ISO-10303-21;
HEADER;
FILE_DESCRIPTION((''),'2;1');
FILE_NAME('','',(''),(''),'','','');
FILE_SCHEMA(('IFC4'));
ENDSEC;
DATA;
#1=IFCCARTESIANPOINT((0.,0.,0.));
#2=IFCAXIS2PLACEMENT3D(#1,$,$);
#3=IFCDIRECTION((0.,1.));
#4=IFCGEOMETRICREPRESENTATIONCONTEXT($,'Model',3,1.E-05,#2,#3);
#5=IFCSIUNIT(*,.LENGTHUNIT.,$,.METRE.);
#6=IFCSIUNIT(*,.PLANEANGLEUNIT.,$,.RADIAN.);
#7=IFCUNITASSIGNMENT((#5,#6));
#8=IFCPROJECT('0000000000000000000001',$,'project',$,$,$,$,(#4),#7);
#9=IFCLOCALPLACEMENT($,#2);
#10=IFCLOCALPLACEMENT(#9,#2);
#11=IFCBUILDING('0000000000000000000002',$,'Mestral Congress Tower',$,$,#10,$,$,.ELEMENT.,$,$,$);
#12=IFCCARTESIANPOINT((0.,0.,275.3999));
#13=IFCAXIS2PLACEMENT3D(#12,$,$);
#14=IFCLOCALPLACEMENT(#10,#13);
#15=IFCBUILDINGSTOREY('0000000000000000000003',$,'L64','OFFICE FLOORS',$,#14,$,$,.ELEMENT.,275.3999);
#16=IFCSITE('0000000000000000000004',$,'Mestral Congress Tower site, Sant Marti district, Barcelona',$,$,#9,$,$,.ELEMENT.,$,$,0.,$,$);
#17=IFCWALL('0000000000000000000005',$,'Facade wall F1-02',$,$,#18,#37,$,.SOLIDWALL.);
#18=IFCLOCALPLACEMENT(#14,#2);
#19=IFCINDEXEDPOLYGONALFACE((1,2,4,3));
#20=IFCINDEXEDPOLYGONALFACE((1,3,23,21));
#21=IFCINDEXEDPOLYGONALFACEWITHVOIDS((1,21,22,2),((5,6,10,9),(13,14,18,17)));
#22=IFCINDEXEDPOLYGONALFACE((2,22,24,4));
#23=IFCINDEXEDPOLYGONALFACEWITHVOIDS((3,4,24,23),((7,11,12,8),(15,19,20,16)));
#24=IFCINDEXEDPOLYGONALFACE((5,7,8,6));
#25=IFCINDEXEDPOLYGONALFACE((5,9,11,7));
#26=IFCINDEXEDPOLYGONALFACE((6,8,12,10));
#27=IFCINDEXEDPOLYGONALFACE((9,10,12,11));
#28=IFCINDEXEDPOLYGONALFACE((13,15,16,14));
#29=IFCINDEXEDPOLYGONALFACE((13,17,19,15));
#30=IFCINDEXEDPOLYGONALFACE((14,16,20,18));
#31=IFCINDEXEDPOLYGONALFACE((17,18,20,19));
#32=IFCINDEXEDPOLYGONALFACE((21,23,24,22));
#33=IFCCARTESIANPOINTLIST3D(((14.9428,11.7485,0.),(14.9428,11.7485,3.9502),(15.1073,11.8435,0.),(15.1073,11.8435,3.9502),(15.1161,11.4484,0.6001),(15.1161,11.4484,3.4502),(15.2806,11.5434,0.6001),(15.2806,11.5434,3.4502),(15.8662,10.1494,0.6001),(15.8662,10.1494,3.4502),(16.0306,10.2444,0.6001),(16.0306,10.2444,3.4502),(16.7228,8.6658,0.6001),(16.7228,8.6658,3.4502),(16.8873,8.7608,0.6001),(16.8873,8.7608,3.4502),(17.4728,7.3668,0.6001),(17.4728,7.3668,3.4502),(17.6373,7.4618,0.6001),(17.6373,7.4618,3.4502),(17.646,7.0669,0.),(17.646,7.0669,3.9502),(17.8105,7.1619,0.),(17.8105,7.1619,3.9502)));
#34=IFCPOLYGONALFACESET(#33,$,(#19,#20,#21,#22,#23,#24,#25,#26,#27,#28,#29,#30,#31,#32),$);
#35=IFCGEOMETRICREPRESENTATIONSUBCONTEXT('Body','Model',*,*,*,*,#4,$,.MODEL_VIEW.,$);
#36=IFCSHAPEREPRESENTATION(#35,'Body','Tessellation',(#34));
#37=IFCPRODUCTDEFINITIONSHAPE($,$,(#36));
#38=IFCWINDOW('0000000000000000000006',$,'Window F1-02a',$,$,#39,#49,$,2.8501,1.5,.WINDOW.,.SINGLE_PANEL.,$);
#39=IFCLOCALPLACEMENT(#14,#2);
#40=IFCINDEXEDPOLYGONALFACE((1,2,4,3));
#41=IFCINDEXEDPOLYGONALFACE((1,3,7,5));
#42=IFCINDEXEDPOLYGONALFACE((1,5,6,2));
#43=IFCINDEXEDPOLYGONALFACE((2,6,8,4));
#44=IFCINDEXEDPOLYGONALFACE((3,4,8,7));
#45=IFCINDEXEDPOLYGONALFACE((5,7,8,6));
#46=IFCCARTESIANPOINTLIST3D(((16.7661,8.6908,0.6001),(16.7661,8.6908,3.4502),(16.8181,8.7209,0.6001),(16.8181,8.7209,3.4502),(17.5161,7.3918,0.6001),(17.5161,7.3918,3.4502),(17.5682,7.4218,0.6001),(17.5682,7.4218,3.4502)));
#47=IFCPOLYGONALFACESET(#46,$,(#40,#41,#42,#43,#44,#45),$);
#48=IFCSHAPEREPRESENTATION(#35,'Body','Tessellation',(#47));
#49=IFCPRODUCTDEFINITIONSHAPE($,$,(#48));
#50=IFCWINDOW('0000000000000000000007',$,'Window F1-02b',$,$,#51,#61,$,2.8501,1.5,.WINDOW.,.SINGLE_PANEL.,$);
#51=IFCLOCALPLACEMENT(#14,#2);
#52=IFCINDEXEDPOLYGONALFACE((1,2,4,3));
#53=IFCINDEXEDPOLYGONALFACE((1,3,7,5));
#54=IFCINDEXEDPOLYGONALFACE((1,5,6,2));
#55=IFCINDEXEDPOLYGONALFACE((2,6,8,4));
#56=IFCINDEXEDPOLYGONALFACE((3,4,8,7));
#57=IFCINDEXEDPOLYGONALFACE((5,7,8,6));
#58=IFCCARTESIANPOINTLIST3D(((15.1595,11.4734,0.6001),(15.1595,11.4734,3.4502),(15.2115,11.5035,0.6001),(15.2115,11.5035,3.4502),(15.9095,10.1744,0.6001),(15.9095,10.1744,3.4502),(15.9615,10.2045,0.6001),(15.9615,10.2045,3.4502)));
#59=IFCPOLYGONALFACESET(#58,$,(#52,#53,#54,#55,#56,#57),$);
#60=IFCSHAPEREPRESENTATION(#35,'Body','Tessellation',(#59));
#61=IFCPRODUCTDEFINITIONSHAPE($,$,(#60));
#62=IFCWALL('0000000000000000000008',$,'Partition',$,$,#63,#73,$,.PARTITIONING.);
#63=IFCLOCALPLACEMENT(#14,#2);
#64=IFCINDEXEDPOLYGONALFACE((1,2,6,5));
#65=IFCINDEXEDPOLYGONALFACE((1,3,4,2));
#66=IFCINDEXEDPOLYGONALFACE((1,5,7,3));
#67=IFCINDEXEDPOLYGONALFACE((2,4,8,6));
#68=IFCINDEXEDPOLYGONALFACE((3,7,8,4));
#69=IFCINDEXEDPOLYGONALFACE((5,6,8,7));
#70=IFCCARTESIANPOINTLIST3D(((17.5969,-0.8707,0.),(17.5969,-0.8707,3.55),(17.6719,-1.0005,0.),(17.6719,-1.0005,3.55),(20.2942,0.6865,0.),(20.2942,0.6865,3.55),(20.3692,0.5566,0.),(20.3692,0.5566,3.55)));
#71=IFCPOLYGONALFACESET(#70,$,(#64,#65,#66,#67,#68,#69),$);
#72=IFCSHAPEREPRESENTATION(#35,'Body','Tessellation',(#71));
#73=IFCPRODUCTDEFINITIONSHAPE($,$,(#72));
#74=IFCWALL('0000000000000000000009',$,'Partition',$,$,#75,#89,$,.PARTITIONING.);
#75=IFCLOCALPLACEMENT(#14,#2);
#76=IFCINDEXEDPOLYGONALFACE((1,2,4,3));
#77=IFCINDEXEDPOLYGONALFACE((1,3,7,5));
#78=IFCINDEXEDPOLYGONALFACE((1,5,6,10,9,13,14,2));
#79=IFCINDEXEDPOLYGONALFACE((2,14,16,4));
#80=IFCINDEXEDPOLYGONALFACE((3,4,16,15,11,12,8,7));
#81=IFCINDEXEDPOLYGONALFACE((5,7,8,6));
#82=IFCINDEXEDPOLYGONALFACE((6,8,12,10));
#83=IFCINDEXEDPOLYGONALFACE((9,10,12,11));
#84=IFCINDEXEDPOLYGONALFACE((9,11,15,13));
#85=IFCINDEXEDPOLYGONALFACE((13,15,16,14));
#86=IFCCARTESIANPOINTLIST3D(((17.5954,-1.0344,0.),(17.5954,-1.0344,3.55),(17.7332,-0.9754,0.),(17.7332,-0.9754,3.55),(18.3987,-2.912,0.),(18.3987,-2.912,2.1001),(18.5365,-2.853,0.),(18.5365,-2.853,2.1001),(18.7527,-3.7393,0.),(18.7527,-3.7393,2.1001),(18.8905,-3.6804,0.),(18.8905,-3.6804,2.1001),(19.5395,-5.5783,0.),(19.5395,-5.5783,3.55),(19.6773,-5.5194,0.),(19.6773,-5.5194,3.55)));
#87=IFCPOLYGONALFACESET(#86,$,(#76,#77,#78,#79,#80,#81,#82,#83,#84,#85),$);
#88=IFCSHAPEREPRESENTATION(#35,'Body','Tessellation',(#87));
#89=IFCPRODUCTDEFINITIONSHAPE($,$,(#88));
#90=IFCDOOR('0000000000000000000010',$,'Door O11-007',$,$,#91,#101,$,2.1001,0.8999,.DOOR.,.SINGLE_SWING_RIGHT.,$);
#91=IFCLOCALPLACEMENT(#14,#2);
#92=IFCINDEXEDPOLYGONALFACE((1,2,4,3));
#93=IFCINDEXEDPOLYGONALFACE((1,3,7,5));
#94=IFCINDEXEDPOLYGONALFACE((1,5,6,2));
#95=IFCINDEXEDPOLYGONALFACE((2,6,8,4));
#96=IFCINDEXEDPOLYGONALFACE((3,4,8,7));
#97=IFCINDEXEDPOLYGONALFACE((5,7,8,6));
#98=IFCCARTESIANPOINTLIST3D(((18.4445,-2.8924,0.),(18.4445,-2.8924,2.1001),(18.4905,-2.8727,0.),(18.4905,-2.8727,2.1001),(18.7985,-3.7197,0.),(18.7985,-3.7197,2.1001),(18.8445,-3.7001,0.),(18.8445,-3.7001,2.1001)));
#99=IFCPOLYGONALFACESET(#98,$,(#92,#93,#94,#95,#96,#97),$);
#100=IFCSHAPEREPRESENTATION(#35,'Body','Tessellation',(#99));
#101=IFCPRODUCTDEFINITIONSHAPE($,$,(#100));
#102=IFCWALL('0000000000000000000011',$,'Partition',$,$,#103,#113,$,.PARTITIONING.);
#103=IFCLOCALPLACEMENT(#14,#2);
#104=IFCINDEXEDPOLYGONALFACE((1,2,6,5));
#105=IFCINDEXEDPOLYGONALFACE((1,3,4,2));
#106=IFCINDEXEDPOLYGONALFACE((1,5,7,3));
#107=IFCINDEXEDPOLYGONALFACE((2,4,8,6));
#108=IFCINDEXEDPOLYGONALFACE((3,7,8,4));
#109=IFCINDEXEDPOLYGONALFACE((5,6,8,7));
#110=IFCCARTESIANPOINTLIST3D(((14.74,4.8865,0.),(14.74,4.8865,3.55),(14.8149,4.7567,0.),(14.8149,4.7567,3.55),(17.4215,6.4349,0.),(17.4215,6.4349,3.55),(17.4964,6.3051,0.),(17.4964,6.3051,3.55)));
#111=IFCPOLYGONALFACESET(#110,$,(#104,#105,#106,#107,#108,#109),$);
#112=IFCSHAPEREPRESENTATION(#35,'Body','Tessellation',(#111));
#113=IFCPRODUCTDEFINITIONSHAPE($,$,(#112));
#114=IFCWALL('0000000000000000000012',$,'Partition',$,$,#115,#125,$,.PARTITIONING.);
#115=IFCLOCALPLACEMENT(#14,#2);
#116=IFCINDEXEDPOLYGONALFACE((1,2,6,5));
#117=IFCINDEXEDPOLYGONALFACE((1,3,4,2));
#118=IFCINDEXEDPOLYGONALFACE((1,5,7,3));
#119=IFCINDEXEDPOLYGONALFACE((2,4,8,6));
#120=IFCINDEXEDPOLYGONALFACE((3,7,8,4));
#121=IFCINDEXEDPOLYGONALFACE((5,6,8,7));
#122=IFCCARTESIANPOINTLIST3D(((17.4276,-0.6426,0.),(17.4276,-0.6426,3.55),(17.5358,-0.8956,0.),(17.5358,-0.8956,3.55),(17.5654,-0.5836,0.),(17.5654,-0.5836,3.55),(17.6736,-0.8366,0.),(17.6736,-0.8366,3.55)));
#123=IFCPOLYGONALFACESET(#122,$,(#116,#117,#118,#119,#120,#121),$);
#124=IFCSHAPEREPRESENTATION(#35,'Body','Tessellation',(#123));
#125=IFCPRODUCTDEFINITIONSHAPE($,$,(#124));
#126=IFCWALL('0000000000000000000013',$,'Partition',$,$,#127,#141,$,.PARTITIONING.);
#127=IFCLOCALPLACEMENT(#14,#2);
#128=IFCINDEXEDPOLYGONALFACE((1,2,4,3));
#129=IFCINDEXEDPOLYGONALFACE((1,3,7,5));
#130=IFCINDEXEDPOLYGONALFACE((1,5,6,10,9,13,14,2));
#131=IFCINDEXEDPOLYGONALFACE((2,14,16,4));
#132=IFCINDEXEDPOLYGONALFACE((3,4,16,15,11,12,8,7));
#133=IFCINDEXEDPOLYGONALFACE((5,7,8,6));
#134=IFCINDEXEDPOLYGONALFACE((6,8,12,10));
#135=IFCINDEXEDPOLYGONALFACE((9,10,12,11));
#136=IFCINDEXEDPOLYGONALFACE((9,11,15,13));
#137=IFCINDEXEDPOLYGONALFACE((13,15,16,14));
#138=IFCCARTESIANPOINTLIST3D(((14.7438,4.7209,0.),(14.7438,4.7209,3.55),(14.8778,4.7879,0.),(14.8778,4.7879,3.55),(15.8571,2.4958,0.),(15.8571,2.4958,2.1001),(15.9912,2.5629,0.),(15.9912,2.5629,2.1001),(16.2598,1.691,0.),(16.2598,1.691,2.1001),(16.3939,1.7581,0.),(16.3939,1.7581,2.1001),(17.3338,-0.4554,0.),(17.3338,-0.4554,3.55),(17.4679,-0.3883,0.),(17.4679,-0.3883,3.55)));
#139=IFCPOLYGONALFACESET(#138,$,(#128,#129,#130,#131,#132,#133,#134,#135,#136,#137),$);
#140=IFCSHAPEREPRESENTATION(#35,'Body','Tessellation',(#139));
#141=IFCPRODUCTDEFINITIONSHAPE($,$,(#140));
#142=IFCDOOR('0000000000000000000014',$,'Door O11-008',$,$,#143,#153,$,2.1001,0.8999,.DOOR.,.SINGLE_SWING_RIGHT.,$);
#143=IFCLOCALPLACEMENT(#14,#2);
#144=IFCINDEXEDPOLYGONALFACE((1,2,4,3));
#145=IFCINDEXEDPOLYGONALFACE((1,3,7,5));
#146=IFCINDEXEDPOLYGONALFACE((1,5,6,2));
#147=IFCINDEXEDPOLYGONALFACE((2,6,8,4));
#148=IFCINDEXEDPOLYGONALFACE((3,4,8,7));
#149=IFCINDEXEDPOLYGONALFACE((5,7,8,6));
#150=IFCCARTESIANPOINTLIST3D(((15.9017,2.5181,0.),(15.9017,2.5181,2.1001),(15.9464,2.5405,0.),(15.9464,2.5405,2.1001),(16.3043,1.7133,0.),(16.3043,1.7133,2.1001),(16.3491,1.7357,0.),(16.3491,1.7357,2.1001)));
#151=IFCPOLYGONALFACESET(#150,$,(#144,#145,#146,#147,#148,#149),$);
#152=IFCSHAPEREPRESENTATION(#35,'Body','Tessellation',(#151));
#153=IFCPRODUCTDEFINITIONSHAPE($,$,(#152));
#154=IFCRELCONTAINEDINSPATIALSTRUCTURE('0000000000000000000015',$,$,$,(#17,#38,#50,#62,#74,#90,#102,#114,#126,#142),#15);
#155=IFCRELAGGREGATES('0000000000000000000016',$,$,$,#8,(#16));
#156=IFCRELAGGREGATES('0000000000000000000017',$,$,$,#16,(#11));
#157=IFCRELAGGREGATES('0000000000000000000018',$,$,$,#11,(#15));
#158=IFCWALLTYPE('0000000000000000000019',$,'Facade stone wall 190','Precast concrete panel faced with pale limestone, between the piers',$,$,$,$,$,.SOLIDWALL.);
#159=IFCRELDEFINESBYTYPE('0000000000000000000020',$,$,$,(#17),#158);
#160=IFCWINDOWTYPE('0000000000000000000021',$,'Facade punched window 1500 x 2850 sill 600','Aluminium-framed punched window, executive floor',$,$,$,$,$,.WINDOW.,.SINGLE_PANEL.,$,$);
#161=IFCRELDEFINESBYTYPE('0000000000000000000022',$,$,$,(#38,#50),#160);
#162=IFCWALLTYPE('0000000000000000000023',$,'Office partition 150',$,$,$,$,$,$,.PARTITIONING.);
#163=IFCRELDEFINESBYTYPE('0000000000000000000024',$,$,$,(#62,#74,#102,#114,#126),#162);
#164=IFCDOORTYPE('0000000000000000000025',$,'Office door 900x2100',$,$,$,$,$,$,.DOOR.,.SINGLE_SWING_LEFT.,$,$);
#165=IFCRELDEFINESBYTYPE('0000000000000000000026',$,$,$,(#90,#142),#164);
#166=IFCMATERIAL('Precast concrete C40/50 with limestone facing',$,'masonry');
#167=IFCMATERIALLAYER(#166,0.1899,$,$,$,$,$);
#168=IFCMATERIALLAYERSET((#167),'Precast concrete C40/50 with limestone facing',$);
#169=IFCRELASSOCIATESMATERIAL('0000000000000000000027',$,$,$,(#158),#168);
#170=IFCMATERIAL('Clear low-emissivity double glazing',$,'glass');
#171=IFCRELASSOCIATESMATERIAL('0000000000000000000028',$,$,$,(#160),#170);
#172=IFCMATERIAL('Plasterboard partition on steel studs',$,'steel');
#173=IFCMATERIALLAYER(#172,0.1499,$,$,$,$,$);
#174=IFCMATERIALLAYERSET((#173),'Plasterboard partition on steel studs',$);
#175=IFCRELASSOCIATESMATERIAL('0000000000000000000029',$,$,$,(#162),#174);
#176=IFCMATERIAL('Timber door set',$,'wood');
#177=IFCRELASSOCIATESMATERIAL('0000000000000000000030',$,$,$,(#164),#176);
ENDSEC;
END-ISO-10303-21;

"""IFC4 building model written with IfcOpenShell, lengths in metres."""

from ifc_helpers import new_model, si_unit, direction, frame, frame_2d, origin, place, context, subcontext, project, spatial, rectangle, extrude, material, layer, layer_set, type_object, element, fill, save


model = new_model("IFC4")

# Units and contexts
model_context = context("Model", 3, precision=1e-05, world=origin(), true_north=direction((0.0, 1.0)))
body_context = subcontext(model_context, "Body", "Model", "MODEL_VIEW")
ifc_project = project(units=[si_unit("LENGTHUNIT", "METRE"), si_unit("PLANEANGLEUNIT", "RADIAN")], contexts=[model_context])

# Site, building, storey
site_placement = place(None, origin())
site = spatial("IfcSite", under=ifc_project, at=site_placement, Name="Mestral Congress Tower site, Sant Marti district, Barcelona", CompositionType="ELEMENT", RefElevation=0.0)
building_placement = place(site_placement, origin())
building = spatial("IfcBuilding", under=site, at=building_placement, Name="Mestral Congress Tower", CompositionType="ELEMENT")
storey_placement = place(building_placement, frame((0.0, 0.0, 275.3999)))
storey = spatial("IfcBuildingStorey", under=building, at=storey_placement, Name="L64", Description="OFFICE FLOORS", CompositionType="ELEMENT", Elevation=275.3999)

# Wall, openings, windows
ifc_material_1 = material(Name="Precast concrete C40/50 with limestone facing", Category="masonry")
ifc_layer_1 = layer(ifc_material_1, 0.1899)
ifc_layer_set_1 = layer_set([ifc_layer_1], Name="Precast concrete C40/50 with limestone facing")
wall_type_1 = type_object("IfcWallType", Name="Facade stone wall 190", Description="Precast concrete panel faced with pale limestone, between the piers", PredefinedType="SOLIDWALL", material=ifc_layer_set_1)
ifc_material_2 = material(Name="Clear low-emissivity double glazing", Category="glass")
window_type = type_object("IfcWindowType", Name="Facade punched window 1500 x 2850 sill 600", Description="Aluminium-framed punched window, executive floor", PartitioningType="SINGLE_PANEL", PredefinedType="WINDOW", material=ifc_material_2)
wall_1_placement = place(storey_placement, frame((17.7283, 7.1143, 0.0), z_axis=(0.0, 0.0, 1.0), x_axis=(-0.500025, 0.866011, 0.0)))
wall_1 = element("IfcWall", 1, at=wall_1_placement, inside=storey, type_object=wall_type_1, Name="Facade wall F1-02", PredefinedType="SOLIDWALL", context=body_context, shape_type="SweptSolid", body=[
    extrude(rectangle(XDim=5.406, YDim=0.1899, at=frame_2d((2.7031, 0.0))), origin(), (0.0, 0.0, 1.0), 3.9502),
])
opening_1_placement = place(wall_1_placement, frame((0.3464, 0.0, 0.6001)))
opening_1 = element("IfcOpeningElement", 2, at=opening_1_placement, cuts=wall_1, PredefinedType="OPENING", context=body_context, shape_type="SweptSolid", body=[
    extrude(rectangle(XDim=1.5, YDim=2.8501, at=frame_2d((0.75, 1.425))), frame((0.0, 0.105, 0.0), z_axis=(0.0, -1.0, 0.0), x_axis=(1.0, 0.0, 0.0)), (0.0, 0.0, 1.0), 0.21),
])
opening_2_placement = place(wall_1_placement, frame((3.5596, 0.0, 0.6001)))
opening_2 = element("IfcOpeningElement", 3, at=opening_2_placement, cuts=wall_1, PredefinedType="OPENING", context=body_context, shape_type="SweptSolid", body=[
    extrude(rectangle(XDim=1.5, YDim=2.8501, at=frame_2d((0.75, 1.425))), frame((0.0, 0.105, 0.0), z_axis=(0.0, -1.0, 0.0), x_axis=(1.0, 0.0, 0.0)), (0.0, 0.0, 1.0), 0.21),
])
window_1_placement = place(opening_1_placement, origin())
window_1 = element("IfcWindow", 4, at=window_1_placement, inside=storey, type_object=window_type, Name="Window F1-02a", OverallHeight=2.8501, OverallWidth=1.5, PartitioningType="SINGLE_PANEL", PredefinedType="WINDOW", context=body_context, shape_type="SweptSolid", body=[
    extrude(rectangle(XDim=1.5, YDim=2.8501, at=frame_2d((0.75, 1.425))), frame((0.0, 0.0449, 0.0), z_axis=(0.0, -1.0, 0.0), x_axis=(1.0, 0.0, 0.0)), (0.0, 0.0, 1.0), 0.0601),
])
fill(opening_1, window_1)
window_2_placement = place(opening_2_placement, origin())
window_2 = element("IfcWindow", 5, at=window_2_placement, inside=storey, type_object=window_type, Name="Window F1-02b", OverallHeight=2.8501, OverallWidth=1.5, PartitioningType="SINGLE_PANEL", PredefinedType="WINDOW", context=body_context, shape_type="SweptSolid", body=[
    extrude(rectangle(XDim=1.5, YDim=2.8501, at=frame_2d((0.75, 1.425))), frame((0.0, 0.0449, 0.0), z_axis=(0.0, -1.0, 0.0), x_axis=(1.0, 0.0, 0.0)), (0.0, 0.0, 1.0), 0.0601),
])
fill(opening_2, window_2)

# Wall
ifc_material_3 = material(Name="Plasterboard partition on steel studs", Category="steel")
ifc_layer_2 = layer(ifc_material_3, 0.1499)
ifc_layer_set_2 = layer_set([ifc_layer_2], Name="Plasterboard partition on steel studs")
wall_type_2 = type_object("IfcWallType", Name="Office partition 150", PredefinedType="PARTITIONING", material=ifc_layer_set_2)
wall_2_placement = place(storey_placement, frame((17.6345, -0.9355, 0.0), z_axis=(0.0, 0.0, 1.0), x_axis=(0.866045, 0.499967, 0.0)))
element("IfcWall", 6, at=wall_2_placement, inside=storey, type_object=wall_type_2, Name="Partition", PredefinedType="PARTITIONING", context=body_context, shape_type="SweptSolid", body=[
    extrude(rectangle(XDim=3.1145, YDim=0.1499, at=frame_2d((1.5571, 0.0))), origin(), (0.0, 0.0, 1.0), 3.55),
])

# Wall, opening, door
wall_3_placement = place(storey_placement, frame((17.6643, -1.0049, 0.0), z_axis=(0.0, 0.0, 1.0), x_axis=(0.393353, -0.919388, 0.0)))
wall_3 = element("IfcWall", 7, at=wall_3_placement, inside=storey, type_object=wall_type_2, Name="Partition", PredefinedType="PARTITIONING", context=body_context, shape_type="SweptSolid", body=[
    extrude(rectangle(XDim=4.9424, YDim=0.1499, at=frame_2d((2.4712, 0.0))), origin(), (0.0, 0.0, 1.0), 3.55),
])
opening_3_placement = place(wall_3_placement, frame((2.0422, 0.0, 0.0)))
opening_3 = element("IfcOpeningElement", 8, at=opening_3_placement, cuts=wall_3, PredefinedType="OPENING", context=body_context, shape_type="SweptSolid", body=[
    extrude(rectangle(XDim=0.8999, YDim=2.1001, at=frame_2d((0.45, 1.05))), frame((0.0, 0.085, 0.0), z_axis=(0.0, -1.0, 0.0), x_axis=(1.0, 0.0, 0.0)), (0.0, 0.0, 1.0), 0.1699),
])
ifc_material_4 = material(Name="Timber door set", Category="wood")
door_type_1 = type_object("IfcDoorType", Name="Office door 900x2100", OperationType="SINGLE_SWING_LEFT", PredefinedType="DOOR", material=ifc_material_4)
door_1_placement = place(opening_3_placement, origin())
door_1 = element("IfcDoor", 9, at=door_1_placement, inside=storey, type_object=door_type_1, Name="Door O11-007", OperationType="SINGLE_SWING_RIGHT", OverallHeight=2.1001, OverallWidth=0.8999, PredefinedType="DOOR", context=body_context, shape_type="SweptSolid", body=[
    extrude(rectangle(XDim=0.8999, YDim=2.1001, at=frame_2d((0.45, 1.05))), frame((0.0, 0.0249, 0.0), z_axis=(0.0, -1.0, 0.0), x_axis=(1.0, 0.0, 0.0)), (0.0, 0.0, 1.0), 0.05),
])
fill(opening_3, door_1)

# Walls
wall_4_placement = place(storey_placement, frame((14.7773, 4.8215, 0.0), z_axis=(0.0, 0.0, 1.0), x_axis=(0.865993, 0.500057, 0.0)))
element("IfcWall", 10, at=wall_4_placement, inside=storey, type_object=wall_type_2, Name="Partition", PredefinedType="PARTITIONING", context=body_context, shape_type="SweptSolid", body=[
    extrude(rectangle(XDim=3.0964, YDim=0.1499, at=frame_2d((1.5483, 0.0))), origin(), (0.0, 0.0, 1.0), 3.55),
])
wall_5_placement = place(storey_placement, frame((17.6047, -0.8662, 0.0), z_axis=(0.0, 0.0, 1.0), x_axis=(-0.393169, 0.919466, 0.0)))
element("IfcWall", 11, at=wall_5_placement, inside=storey, type_object=wall_type_2, Name="Partition", PredefinedType="PARTITIONING", context=body_context, shape_type="SweptSolid", body=[
    extrude(rectangle(XDim=0.2751, YDim=0.1499, at=frame_2d((0.1377, 0.0))), origin(), (0.0, 0.0, 1.0), 3.55),
])

# Wall, opening, door
wall_6_placement = place(storey_placement, frame((14.8108, 4.7544, 0.0), z_axis=(0.0, 0.0, 1.0), x_axis=(0.447484, -0.894292, 0.0)))
wall_6 = element("IfcWall", 12, at=wall_6_placement, inside=storey, type_object=wall_type_2, Name="Partition", PredefinedType="PARTITIONING", context=body_context, shape_type="SweptSolid", body=[
    extrude(rectangle(XDim=5.7881, YDim=0.1499, at=frame_2d((2.894, 0.0))), origin(), (0.0, 0.0, 1.0), 3.55),
])
opening_4_placement = place(wall_6_placement, frame((2.488, 0.0, 0.0)))
opening_4 = element("IfcOpeningElement", 13, at=opening_4_placement, cuts=wall_6, PredefinedType="OPENING", context=body_context, shape_type="SweptSolid", body=[
    extrude(rectangle(XDim=0.8999, YDim=2.1001, at=frame_2d((0.45, 1.05))), frame((0.0, 0.085, 0.0), z_axis=(0.0, -1.0, 0.0), x_axis=(1.0, 0.0, 0.0)), (0.0, 0.0, 1.0), 0.1699),
])
door_2_placement = place(opening_4_placement, origin())
door_2 = element("IfcDoor", 14, at=door_2_placement, inside=storey, type_object=door_type_1, Name="Door O11-008", OperationType="SINGLE_SWING_RIGHT", OverallHeight=2.1001, OverallWidth=0.8999, PredefinedType="DOOR", context=body_context, shape_type="SweptSolid", body=[
    extrude(rectangle(XDim=0.8999, YDim=2.1001, at=frame_2d((0.45, 1.05))), frame((0.0, 0.0249, 0.0), z_axis=(0.0, -1.0, 0.0), x_axis=(1.0, 0.0, 0.0)), (0.0, 0.0, 1.0), 0.05),
])
fill(opening_4, door_2)

save(model, "model.ifc")
